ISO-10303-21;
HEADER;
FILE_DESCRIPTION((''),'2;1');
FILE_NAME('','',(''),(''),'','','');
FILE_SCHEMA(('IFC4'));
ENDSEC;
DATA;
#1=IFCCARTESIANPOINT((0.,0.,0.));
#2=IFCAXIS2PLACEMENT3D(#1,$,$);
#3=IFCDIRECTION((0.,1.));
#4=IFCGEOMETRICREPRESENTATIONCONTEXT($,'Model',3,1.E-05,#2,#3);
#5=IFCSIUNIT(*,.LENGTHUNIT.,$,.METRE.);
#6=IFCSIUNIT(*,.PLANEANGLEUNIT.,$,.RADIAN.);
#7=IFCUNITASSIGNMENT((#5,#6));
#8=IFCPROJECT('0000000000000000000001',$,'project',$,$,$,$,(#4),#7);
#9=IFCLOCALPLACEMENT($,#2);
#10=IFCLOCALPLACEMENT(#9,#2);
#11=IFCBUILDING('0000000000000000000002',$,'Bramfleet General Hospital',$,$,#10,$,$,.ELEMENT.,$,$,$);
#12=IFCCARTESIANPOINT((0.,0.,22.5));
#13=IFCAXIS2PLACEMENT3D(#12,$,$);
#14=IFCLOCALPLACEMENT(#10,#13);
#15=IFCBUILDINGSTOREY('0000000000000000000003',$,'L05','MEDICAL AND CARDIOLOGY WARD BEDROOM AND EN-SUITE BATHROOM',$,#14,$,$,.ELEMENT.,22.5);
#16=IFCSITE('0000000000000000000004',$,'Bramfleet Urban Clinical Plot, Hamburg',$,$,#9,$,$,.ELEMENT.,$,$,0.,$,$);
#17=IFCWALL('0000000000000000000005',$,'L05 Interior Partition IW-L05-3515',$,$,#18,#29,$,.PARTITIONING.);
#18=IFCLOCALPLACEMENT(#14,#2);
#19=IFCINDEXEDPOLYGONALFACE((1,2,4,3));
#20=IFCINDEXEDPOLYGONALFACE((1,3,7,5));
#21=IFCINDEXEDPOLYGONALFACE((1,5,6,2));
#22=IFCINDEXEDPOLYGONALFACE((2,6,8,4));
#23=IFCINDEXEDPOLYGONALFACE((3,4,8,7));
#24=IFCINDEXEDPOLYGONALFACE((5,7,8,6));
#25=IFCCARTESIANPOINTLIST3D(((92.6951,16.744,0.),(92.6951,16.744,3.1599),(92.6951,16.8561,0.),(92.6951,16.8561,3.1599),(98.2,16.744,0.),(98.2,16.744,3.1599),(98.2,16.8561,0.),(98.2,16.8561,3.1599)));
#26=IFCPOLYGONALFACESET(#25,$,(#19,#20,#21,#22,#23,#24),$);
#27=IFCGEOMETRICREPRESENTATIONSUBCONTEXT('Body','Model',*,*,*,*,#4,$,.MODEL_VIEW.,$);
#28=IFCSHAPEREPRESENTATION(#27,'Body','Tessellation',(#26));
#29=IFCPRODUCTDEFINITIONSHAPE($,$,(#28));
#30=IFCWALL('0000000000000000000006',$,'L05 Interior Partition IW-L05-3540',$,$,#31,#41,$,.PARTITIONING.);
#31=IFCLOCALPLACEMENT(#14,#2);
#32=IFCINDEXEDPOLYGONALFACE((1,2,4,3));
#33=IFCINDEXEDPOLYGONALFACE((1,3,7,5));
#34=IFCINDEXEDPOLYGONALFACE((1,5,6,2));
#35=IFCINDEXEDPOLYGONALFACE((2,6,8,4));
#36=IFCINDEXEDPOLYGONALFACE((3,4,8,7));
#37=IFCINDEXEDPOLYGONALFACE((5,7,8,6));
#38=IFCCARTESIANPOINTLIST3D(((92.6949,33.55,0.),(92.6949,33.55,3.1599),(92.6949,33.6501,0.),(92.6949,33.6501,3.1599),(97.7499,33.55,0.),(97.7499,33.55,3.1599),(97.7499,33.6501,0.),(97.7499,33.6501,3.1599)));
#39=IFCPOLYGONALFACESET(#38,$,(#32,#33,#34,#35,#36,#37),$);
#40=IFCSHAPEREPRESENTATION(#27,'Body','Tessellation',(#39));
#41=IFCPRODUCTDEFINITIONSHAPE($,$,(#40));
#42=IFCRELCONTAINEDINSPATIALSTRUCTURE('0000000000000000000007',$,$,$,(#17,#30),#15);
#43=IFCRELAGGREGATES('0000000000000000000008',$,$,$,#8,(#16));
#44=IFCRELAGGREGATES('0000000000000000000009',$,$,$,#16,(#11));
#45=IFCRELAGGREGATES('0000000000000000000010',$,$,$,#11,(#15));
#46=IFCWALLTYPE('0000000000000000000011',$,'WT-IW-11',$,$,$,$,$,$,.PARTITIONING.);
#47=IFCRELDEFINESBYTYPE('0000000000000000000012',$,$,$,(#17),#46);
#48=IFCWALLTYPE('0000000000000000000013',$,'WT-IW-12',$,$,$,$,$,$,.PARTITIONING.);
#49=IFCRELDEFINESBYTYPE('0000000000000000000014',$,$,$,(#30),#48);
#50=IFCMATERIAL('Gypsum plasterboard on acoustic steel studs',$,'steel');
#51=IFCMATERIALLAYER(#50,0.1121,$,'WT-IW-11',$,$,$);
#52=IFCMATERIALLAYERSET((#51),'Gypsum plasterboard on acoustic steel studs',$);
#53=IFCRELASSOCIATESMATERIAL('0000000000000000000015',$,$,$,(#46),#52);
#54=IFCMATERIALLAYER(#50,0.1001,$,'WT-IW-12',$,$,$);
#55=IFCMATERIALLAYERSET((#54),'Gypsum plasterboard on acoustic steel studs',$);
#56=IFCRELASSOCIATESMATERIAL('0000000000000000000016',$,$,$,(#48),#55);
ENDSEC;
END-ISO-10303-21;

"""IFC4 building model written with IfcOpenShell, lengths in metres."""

from ifc_helpers import new_model, si_unit, direction, frame, frame_2d, origin, place, context, subcontext, project, spatial, rectangle, extrude, material, layer, layer_set, type_object, element, save


model = new_model("IFC4")

# Units and contexts
model_context = context("Model", 3, precision=1e-05, world=origin(), true_north=direction((0.0, 1.0)))
body_context = subcontext(model_context, "Body", "Model", "MODEL_VIEW")
ifc_project = project(units=[si_unit("LENGTHUNIT", "METRE"), si_unit("PLANEANGLEUNIT", "RADIAN")], contexts=[model_context])

# Site, building, storey
site_placement = place(None, origin())
site = spatial("IfcSite", under=ifc_project, at=site_placement, Name="Bramfleet Urban Clinical Plot, Hamburg", CompositionType="ELEMENT", RefElevation=0.0)
building_placement = place(site_placement, origin())
building = spatial("IfcBuilding", under=site, at=building_placement, Name="Bramfleet General Hospital", CompositionType="ELEMENT")
storey_placement = place(building_placement, frame((0.0, 0.0, 22.5)))
storey = spatial("IfcBuildingStorey", under=building, at=storey_placement, Name="L05", Description="MEDICAL AND CARDIOLOGY WARD BEDROOM AND EN-SUITE BATHROOM", CompositionType="ELEMENT", Elevation=22.5)

# Shared definitions
ifc_material_1 = material(Name="Gypsum plasterboard on acoustic steel studs", Category="steel")

# Walls
ifc_layer_1 = layer(ifc_material_1, 0.1121, Name="WT-IW-11")
ifc_layer_set_1 = layer_set([ifc_layer_1], Name="Gypsum plasterboard on acoustic steel studs")
wall_type_1 = type_object("IfcWallType", Name="WT-IW-11", PredefinedType="PARTITIONING", material=ifc_layer_set_1)
wall_1_placement = place(storey_placement, frame((92.6951, 16.8, 0.0), z_axis=(0.0, 0.0, 1.0), x_axis=(1.0, 0.0, 0.0)))
element("IfcWall", 1, at=wall_1_placement, inside=storey, type_object=wall_type_1, Name="L05 Interior Partition IW-L05-3515", PredefinedType="PARTITIONING", context=body_context, shape_type="SweptSolid", body=[
    extrude(rectangle(XDim=5.5049, YDim=0.1121, at=frame_2d((2.7524, 0.0))), origin(), (0.0, 0.0, 1.0), 3.1599),
])
ifc_layer_2 = layer(ifc_material_1, 0.1001, Name="WT-IW-12")
ifc_layer_set_2 = layer_set([ifc_layer_2], Name="Gypsum plasterboard on acoustic steel studs")
wall_type_2 = type_object("IfcWallType", Name="WT-IW-12", PredefinedType="PARTITIONING", material=ifc_layer_set_2)
wall_2_placement = place(storey_placement, frame((92.6951, 33.6001, 0.0), z_axis=(0.0, 0.0, 1.0), x_axis=(1.0, 0.0, 0.0)))
element("IfcWall", 2, at=wall_2_placement, inside=storey, type_object=wall_type_2, Name="L05 Interior Partition IW-L05-3540", PredefinedType="PARTITIONING", context=body_context, shape_type="SweptSolid", body=[
    extrude(rectangle(XDim=5.0549, YDim=0.1001, at=frame_2d((2.5273, 0.0))), origin(), (0.0, 0.0, 1.0), 3.1599),
])

save(model, "model.ifc")
